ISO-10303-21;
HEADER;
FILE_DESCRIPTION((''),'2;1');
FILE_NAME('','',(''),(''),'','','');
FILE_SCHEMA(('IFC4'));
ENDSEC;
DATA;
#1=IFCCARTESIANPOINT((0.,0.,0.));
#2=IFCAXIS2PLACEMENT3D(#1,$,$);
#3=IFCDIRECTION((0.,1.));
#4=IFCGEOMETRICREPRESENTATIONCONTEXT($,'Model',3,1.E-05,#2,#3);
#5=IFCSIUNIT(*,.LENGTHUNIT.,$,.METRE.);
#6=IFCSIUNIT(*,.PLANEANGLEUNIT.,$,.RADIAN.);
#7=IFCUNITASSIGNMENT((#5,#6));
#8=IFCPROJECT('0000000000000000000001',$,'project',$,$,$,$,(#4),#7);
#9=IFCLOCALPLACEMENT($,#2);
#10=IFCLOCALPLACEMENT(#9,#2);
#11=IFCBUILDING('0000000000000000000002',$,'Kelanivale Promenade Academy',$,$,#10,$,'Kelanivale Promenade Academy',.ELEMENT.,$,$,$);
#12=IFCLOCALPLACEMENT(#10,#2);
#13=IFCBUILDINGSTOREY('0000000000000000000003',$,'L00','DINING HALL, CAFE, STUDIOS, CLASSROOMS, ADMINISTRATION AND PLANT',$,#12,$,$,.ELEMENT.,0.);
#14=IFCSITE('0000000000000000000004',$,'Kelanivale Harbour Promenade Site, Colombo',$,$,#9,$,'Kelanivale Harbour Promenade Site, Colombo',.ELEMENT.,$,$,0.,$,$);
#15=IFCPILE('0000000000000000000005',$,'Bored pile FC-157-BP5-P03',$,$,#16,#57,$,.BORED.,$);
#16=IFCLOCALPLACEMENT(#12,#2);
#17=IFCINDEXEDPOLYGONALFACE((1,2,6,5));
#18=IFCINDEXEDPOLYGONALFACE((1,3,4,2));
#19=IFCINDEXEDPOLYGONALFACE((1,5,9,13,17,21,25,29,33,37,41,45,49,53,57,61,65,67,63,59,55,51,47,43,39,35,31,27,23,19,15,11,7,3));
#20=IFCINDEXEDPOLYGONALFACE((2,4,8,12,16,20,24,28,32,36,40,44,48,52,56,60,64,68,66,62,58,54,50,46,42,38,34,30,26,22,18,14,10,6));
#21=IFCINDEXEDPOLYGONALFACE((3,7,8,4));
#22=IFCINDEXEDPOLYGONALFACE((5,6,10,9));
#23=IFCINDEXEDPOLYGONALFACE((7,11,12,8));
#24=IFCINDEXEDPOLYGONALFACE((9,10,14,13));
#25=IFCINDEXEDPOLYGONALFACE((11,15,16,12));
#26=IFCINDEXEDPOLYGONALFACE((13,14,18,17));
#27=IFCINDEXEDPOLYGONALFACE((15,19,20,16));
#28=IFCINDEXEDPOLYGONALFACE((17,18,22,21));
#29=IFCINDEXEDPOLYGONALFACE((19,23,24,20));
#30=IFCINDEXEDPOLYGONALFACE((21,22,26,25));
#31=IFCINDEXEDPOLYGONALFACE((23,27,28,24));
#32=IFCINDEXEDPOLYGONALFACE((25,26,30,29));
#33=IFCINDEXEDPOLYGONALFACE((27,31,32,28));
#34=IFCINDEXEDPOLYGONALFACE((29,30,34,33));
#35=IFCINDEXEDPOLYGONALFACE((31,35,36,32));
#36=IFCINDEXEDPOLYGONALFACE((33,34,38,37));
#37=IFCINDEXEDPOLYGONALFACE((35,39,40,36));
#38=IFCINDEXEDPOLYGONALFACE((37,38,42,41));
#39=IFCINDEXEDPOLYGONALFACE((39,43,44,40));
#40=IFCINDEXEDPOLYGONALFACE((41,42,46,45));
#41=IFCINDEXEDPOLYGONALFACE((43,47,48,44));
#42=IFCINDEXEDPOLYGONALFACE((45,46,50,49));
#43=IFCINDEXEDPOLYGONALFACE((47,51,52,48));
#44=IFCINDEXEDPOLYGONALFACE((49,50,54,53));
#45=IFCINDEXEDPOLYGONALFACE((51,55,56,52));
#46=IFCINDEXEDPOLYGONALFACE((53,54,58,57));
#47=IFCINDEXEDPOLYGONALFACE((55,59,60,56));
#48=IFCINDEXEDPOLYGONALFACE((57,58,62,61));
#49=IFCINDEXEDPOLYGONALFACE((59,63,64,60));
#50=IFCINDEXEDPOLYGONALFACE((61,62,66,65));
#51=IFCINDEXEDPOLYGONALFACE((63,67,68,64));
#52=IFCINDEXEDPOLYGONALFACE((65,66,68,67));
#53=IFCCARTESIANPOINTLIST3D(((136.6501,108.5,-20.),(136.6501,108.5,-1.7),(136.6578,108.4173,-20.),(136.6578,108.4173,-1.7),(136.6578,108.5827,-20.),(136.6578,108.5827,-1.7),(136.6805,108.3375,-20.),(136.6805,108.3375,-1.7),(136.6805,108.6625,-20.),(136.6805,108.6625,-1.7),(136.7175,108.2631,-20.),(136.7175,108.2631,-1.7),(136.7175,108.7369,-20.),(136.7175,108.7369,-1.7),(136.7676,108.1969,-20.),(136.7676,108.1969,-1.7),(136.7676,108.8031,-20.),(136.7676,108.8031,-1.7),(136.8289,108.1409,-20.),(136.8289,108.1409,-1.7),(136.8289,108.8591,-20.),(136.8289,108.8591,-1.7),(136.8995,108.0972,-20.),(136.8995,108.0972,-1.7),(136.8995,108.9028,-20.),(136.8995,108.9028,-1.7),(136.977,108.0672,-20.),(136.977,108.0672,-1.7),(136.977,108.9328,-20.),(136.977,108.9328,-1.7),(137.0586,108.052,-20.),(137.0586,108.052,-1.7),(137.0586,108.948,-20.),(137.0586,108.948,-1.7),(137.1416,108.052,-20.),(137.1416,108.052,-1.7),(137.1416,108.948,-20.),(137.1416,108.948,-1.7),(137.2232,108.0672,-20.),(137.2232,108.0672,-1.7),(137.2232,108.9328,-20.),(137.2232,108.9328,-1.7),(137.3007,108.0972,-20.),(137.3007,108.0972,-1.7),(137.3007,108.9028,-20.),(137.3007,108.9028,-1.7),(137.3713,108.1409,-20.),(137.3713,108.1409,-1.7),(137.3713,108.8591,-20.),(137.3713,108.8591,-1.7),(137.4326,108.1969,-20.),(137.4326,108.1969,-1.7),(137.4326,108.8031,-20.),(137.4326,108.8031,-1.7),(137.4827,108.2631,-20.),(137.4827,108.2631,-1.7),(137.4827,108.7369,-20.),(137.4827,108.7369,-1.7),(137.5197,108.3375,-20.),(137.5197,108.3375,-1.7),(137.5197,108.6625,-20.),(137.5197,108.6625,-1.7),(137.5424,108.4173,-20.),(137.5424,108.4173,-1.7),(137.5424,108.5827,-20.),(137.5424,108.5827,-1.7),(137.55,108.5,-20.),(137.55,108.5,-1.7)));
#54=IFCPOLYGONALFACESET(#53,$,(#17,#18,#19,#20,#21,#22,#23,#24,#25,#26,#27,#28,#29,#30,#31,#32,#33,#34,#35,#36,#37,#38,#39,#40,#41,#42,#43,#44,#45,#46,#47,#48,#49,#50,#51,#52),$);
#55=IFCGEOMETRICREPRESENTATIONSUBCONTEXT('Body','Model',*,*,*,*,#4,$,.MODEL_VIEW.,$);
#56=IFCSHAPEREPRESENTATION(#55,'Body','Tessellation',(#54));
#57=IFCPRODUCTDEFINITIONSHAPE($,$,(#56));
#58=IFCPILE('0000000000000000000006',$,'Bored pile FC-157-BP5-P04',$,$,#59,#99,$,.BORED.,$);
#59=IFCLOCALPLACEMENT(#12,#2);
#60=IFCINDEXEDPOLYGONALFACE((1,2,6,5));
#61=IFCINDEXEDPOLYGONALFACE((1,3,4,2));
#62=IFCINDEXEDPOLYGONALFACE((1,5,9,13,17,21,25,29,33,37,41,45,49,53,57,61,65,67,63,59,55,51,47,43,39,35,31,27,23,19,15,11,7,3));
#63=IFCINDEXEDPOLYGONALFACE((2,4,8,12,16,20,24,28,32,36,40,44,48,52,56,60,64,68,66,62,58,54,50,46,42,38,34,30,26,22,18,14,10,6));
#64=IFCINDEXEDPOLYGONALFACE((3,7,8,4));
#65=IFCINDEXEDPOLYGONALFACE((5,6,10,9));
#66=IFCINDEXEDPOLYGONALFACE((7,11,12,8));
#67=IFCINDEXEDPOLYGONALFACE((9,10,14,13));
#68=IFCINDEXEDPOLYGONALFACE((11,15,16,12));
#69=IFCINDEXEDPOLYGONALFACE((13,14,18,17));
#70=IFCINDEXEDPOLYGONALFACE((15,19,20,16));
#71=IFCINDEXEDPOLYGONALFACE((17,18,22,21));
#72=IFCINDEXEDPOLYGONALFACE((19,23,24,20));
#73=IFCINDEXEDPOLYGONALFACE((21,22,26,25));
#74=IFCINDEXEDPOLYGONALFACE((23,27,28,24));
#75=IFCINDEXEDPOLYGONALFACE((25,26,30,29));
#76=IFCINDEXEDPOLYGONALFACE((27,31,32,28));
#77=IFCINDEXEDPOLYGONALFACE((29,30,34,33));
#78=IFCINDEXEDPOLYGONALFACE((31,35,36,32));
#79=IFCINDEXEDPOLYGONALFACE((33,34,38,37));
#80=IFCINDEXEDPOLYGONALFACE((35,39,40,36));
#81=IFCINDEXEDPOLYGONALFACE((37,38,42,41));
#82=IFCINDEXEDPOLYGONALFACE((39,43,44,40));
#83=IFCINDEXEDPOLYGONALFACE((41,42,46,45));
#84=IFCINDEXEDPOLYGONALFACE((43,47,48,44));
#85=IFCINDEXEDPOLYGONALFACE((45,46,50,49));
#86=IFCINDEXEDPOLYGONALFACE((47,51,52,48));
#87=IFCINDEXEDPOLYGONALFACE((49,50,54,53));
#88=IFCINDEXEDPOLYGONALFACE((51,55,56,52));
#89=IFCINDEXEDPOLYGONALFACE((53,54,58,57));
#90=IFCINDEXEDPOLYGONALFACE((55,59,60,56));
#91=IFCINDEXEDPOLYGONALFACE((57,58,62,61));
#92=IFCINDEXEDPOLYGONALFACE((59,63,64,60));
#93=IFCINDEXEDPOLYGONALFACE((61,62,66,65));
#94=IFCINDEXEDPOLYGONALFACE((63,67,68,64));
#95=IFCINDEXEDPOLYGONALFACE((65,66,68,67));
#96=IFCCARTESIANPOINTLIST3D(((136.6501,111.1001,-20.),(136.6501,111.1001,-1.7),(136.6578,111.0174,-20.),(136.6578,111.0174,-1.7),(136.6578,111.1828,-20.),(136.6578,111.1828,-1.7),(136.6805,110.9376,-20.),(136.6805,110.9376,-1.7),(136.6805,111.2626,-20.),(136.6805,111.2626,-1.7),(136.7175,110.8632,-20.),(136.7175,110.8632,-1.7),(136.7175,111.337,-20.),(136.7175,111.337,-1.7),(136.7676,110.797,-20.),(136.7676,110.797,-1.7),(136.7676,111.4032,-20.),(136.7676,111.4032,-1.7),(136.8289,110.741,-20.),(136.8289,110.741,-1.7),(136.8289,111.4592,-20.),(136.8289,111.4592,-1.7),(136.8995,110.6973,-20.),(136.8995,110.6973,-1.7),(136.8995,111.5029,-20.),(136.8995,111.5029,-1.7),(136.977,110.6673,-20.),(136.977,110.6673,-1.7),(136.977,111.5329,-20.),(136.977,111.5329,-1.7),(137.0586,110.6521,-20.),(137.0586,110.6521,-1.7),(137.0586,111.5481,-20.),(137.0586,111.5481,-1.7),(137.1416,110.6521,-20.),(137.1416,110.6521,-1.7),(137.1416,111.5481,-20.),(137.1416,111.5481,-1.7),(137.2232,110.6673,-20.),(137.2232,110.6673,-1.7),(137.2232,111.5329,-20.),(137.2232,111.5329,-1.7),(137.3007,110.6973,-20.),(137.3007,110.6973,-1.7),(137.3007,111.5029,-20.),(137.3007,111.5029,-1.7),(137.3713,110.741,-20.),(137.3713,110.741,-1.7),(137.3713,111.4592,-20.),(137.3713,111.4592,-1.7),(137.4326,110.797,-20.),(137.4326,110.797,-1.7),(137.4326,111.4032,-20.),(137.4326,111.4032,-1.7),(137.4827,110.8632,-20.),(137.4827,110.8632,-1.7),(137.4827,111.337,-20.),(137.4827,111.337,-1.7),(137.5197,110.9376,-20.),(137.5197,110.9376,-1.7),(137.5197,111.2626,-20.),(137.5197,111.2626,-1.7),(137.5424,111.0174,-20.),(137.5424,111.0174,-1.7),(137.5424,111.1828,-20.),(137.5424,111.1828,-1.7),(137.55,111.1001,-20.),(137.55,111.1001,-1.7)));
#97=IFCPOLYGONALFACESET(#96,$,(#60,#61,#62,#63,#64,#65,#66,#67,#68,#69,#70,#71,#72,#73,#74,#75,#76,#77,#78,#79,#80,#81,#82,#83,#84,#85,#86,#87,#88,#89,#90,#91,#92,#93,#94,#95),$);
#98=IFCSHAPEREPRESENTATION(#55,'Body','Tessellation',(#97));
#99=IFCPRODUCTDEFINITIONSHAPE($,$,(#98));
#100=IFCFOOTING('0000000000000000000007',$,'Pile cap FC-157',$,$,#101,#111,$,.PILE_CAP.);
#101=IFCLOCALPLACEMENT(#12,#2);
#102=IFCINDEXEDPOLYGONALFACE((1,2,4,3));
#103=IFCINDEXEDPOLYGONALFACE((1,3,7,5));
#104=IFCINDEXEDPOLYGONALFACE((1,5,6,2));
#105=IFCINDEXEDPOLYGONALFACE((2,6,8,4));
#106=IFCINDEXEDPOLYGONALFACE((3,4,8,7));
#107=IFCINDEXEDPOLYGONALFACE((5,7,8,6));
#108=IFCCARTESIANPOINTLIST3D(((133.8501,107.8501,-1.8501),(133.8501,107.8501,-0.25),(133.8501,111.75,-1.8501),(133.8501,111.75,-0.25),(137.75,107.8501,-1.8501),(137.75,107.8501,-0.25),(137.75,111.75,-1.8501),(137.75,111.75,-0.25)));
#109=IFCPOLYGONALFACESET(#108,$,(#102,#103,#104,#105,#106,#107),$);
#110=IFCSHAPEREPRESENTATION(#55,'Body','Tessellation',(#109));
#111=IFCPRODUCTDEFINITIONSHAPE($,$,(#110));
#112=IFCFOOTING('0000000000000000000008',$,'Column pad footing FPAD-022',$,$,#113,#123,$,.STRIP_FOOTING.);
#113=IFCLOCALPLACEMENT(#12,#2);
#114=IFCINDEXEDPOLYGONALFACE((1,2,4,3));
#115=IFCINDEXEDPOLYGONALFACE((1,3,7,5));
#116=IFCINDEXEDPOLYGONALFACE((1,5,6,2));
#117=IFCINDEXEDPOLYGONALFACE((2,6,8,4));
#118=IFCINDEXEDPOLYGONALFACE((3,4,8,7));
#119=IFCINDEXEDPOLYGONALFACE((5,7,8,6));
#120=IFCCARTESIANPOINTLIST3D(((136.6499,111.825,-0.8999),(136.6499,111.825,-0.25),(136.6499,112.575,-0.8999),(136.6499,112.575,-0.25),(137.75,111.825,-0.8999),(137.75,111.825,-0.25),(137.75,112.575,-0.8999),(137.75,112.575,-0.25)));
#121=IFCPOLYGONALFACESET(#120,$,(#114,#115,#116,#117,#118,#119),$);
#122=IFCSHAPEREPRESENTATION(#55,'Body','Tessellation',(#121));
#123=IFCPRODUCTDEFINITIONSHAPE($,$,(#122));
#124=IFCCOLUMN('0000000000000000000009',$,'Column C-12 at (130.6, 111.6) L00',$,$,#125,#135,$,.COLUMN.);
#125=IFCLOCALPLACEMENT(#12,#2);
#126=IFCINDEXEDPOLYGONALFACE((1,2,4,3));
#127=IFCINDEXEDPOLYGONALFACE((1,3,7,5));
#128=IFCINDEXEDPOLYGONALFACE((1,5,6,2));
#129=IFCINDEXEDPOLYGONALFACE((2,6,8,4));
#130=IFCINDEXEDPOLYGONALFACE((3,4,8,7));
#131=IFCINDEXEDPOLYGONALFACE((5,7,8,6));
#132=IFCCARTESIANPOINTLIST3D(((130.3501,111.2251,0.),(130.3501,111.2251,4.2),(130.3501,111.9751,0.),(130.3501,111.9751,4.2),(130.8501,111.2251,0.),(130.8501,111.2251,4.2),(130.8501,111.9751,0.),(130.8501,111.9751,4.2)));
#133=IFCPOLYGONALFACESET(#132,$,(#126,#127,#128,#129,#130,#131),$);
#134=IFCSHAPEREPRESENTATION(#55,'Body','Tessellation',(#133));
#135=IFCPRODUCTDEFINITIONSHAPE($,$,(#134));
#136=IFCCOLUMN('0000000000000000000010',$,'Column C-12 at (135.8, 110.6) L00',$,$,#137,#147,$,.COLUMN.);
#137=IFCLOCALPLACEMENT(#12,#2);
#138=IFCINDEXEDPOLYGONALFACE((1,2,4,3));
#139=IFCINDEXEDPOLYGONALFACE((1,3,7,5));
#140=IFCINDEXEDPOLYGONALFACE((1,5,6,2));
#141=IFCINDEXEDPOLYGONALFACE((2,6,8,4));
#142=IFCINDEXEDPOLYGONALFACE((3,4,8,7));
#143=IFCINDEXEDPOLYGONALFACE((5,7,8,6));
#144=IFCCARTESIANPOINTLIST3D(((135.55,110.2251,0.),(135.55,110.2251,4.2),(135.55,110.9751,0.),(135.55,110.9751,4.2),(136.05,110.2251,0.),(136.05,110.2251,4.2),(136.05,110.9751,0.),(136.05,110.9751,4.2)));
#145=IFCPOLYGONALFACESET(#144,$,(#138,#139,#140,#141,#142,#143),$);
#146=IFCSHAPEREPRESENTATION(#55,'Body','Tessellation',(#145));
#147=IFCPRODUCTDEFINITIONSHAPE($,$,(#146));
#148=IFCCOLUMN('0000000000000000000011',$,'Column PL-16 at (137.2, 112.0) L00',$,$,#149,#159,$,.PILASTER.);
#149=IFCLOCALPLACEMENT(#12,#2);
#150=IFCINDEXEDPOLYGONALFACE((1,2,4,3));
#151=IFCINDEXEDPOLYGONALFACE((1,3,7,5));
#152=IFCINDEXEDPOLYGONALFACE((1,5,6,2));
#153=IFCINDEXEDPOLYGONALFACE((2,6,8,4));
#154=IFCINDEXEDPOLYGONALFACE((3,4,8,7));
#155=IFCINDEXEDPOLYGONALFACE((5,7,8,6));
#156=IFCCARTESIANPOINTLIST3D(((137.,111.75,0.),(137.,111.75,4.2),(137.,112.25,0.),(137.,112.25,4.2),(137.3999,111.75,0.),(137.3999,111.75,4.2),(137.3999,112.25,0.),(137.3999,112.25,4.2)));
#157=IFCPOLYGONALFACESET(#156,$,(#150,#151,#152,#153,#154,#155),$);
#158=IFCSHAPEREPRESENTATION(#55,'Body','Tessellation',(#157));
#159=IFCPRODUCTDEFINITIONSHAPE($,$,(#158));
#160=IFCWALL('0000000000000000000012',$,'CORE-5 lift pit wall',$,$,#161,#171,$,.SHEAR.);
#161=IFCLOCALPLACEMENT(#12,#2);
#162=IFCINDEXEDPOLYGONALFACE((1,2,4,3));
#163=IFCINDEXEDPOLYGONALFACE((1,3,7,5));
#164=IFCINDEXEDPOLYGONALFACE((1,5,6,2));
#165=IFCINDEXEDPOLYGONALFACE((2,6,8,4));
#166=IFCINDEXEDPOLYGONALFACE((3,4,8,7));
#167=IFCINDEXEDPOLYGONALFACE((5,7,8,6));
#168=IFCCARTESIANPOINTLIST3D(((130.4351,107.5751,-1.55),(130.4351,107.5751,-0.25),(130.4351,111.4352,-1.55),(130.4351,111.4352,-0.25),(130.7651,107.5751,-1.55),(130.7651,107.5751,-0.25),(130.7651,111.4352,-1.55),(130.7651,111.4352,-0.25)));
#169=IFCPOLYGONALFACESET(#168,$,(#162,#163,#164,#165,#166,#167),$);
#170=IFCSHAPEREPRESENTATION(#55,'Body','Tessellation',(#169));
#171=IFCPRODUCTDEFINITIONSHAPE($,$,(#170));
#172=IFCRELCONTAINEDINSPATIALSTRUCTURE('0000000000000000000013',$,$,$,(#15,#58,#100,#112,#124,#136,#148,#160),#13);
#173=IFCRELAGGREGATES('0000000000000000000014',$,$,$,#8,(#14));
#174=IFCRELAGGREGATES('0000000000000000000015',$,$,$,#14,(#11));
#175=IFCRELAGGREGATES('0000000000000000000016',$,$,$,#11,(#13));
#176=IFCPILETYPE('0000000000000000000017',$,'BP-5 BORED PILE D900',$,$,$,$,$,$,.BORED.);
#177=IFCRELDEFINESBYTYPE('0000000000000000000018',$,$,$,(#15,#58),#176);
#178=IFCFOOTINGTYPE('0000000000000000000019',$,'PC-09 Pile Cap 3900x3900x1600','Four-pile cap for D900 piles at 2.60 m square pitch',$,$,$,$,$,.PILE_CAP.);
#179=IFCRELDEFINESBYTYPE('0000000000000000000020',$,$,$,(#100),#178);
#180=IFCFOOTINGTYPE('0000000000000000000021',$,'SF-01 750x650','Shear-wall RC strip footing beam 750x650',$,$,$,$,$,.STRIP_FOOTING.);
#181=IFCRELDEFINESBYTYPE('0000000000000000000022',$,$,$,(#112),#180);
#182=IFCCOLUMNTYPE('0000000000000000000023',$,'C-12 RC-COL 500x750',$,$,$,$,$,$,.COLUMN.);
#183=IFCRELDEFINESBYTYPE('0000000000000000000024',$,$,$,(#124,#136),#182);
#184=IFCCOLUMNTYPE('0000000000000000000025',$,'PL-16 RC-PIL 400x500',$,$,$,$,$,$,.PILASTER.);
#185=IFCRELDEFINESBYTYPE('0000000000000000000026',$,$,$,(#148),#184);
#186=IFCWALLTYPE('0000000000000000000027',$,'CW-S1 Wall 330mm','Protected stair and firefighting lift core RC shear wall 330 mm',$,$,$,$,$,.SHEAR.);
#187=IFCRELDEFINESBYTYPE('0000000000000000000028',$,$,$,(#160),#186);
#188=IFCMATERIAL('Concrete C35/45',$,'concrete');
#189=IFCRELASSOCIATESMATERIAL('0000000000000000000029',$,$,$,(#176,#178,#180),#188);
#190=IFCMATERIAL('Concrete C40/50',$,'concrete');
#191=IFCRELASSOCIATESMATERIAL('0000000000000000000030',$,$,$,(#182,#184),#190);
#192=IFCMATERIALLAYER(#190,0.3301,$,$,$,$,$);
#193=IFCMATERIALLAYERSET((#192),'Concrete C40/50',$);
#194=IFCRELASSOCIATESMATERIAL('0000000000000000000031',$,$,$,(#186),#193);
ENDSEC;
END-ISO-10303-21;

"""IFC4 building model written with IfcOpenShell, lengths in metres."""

from ifc_helpers import new_model, si_unit, direction, frame, frame_2d, origin, origin_2d, place, context, subcontext, project, spatial, rectangle, circle, extrude, material, layer, layer_set, material_profile, profile_set, type_object, element, save


model = new_model("IFC4")

# Units and contexts
model_context = context("Model", 3, precision=1e-05, world=origin(), true_north=direction((0.0, 1.0)))
body_context = subcontext(model_context, "Body", "Model", "MODEL_VIEW")
ifc_project = project(units=[si_unit("LENGTHUNIT", "METRE"), si_unit("PLANEANGLEUNIT", "RADIAN")], contexts=[model_context])

# Site, building, storey
site_placement = place(None, origin())
site = spatial("IfcSite", under=ifc_project, at=site_placement, Name="Kelanivale Harbour Promenade Site, Colombo", LongName="Kelanivale Harbour Promenade Site, Colombo", CompositionType="ELEMENT", RefElevation=0.0)
building_placement = place(site_placement, origin())
building = spatial("IfcBuilding", under=site, at=building_placement, Name="Kelanivale Promenade Academy", LongName="Kelanivale Promenade Academy", CompositionType="ELEMENT")
storey_placement = place(building_placement, origin())
storey = spatial("IfcBuildingStorey", under=building, at=storey_placement, Name="L00", Description="DINING HALL, CAFE, STUDIOS, CLASSROOMS, ADMINISTRATION AND PLANT", CompositionType="ELEMENT", Elevation=0.0)

# Piles
ifc_material_1 = material(Name="Concrete C35/45", Category="concrete")
ifc_material_profile_1 = material_profile(ifc_material_1, circle(Radius=0.45, at=origin_2d()), Name="BORED PILE D900")
ifc_profile_set_1 = profile_set([ifc_material_profile_1], Name="Concrete C35/45")
pile_type_1 = type_object("IfcPileType", Name="BP-5 BORED PILE D900", PredefinedType="BORED", material=ifc_profile_set_1)
for number, where, z_axis, x_axis, name in (
    (1, (137.1001, 108.5, -1.7), (0.0, 0.0, -1.0), (1.0, 0.0, 0.0), "Bored pile FC-157-BP5-P03"),
    (2, (137.1001, 111.1001, -1.7), (0.0, 0.0, -1.0), (1.0, 0.0, 0.0), "Bored pile FC-157-BP5-P04"),
):
    element("IfcPile", number, at=place(storey_placement, frame(where, z_axis=z_axis, x_axis=x_axis)), inside=storey, type_object=pile_type_1, Name=name, PredefinedType="BORED", context=body_context, shape_type="SweptSolid", body=[
        extrude(circle(Radius=0.45, at=origin_2d()), origin(), (0.0, 0.0, 1.0), 18.3),
    ])

# Footings
footing_type_1 = type_object("IfcFootingType", Name="PC-09 Pile Cap 3900x3900x1600", Description="Four-pile cap for D900 piles at 2.60 m square pitch", PredefinedType="PILE_CAP", material=ifc_material_1)
footing_1_placement = place(storey_placement, frame((135.8, 109.8, -1.8501), z_axis=(0.0, 0.0, 1.0), x_axis=(1.0, 0.0, 0.0)))
element("IfcFooting", 3, at=footing_1_placement, inside=storey, type_object=footing_type_1, Name="Pile cap FC-157", PredefinedType="PILE_CAP", context=body_context, shape_type="SweptSolid", body=[
    extrude(rectangle(XDim=3.8999, YDim=3.8999, at=origin_2d()), origin(), (0.0, 0.0, 1.0), 1.6001),
])
footing_type_2 = type_object("IfcFootingType", Name="SF-01 750x650", Description="Shear-wall RC strip footing beam 750x650", PredefinedType="STRIP_FOOTING", material=ifc_material_1)
footing_2_placement = place(storey_placement, frame((137.2, 112.2, -0.8999), z_axis=(0.0, 0.0, 1.0), x_axis=(1.0, 0.0, 0.0)))
element("IfcFooting", 4, at=footing_2_placement, inside=storey, type_object=footing_type_2, Name="Column pad footing FPAD-022", PredefinedType="STRIP_FOOTING", context=body_context, shape_type="SweptSolid", body=[
    extrude(rectangle(XDim=1.1001, YDim=0.75, at=origin_2d()), origin(), (0.0, 0.0, 1.0), 0.6499),
])

# Columns
ifc_material_2 = material(Name="Concrete C40/50", Category="concrete")
ifc_material_profile_2 = material_profile(ifc_material_2, rectangle(XDim=0.5, YDim=0.75, at=origin_2d()), Name="RC-COL 500x750")
ifc_profile_set_2 = profile_set([ifc_material_profile_2], Name="Concrete C40/50")
column_type_1 = type_object("IfcColumnType", Name="C-12 RC-COL 500x750", PredefinedType="COLUMN", material=ifc_profile_set_2)
for number, where, z_axis, x_axis, name in (
    (5, (130.6001, 111.6001, 0.0), (0.0, 0.0, 1.0), (1.0, 0.0, 0.0), "Column C-12 at (130.6, 111.6) L00"),
    (6, (135.8, 110.6001, 0.0), (0.0, 0.0, 1.0), (1.0, 0.0, 0.0), "Column C-12 at (135.8, 110.6) L00"),
):
    element("IfcColumn", number, at=place(storey_placement, frame(where, z_axis=z_axis, x_axis=x_axis)), inside=storey, type_object=column_type_1, Name=name, PredefinedType="COLUMN", context=body_context, shape_type="SweptSolid", body=[
        extrude(rectangle(XDim=0.5, YDim=0.75, at=origin_2d()), origin(), (0.0, 0.0, 1.0), 4.2),
    ])
ifc_material_profile_3 = material_profile(ifc_material_2, rectangle(XDim=0.3999, YDim=0.5, at=origin_2d()), Name="RC-PIL 400x500")
ifc_profile_set_3 = profile_set([ifc_material_profile_3], Name="Concrete C40/50")
column_type_2 = type_object("IfcColumnType", Name="PL-16 RC-PIL 400x500", PredefinedType="PILASTER", material=ifc_profile_set_3)
column_placement = place(storey_placement, frame((137.2, 112.0, 0.0), z_axis=(0.0, 0.0, 1.0), x_axis=(1.0, 0.0, 0.0)))
element("IfcColumn", 7, at=column_placement, inside=storey, type_object=column_type_2, Name="Column PL-16 at (137.2, 112.0) L00", PredefinedType="PILASTER", context=body_context, shape_type="SweptSolid", body=[
    extrude(rectangle(XDim=0.3999, YDim=0.5, at=origin_2d()), origin(), (0.0, 0.0, 1.0), 4.2),
])

# Wall
ifc_layer_1 = layer(ifc_material_2, 0.3301)
ifc_layer_set_1 = layer_set([ifc_layer_1], Name="Concrete C40/50")
wall_type_1 = type_object("IfcWallType", Name="CW-S1 Wall 330mm", Description="Protected stair and firefighting lift core RC shear wall 330 mm", PredefinedType="SHEAR", material=ifc_layer_set_1)
wall_1_placement = place(storey_placement, frame((130.6001, 107.575, -1.55), z_axis=(0.0, 0.0, 1.0), x_axis=(0.0, 1.0, 0.0)))
element("IfcWall", 8, at=wall_1_placement, inside=storey, type_object=wall_type_1, Name="CORE-5 lift pit wall", PredefinedType="SHEAR", context=body_context, shape_type="SweptSolid", body=[
    extrude(rectangle(XDim=3.8601, YDim=0.3301, at=frame_2d((1.9302, 0.0))), origin(), (0.0, 0.0, 1.0), 1.3),
])

save(model, "model.ifc")
